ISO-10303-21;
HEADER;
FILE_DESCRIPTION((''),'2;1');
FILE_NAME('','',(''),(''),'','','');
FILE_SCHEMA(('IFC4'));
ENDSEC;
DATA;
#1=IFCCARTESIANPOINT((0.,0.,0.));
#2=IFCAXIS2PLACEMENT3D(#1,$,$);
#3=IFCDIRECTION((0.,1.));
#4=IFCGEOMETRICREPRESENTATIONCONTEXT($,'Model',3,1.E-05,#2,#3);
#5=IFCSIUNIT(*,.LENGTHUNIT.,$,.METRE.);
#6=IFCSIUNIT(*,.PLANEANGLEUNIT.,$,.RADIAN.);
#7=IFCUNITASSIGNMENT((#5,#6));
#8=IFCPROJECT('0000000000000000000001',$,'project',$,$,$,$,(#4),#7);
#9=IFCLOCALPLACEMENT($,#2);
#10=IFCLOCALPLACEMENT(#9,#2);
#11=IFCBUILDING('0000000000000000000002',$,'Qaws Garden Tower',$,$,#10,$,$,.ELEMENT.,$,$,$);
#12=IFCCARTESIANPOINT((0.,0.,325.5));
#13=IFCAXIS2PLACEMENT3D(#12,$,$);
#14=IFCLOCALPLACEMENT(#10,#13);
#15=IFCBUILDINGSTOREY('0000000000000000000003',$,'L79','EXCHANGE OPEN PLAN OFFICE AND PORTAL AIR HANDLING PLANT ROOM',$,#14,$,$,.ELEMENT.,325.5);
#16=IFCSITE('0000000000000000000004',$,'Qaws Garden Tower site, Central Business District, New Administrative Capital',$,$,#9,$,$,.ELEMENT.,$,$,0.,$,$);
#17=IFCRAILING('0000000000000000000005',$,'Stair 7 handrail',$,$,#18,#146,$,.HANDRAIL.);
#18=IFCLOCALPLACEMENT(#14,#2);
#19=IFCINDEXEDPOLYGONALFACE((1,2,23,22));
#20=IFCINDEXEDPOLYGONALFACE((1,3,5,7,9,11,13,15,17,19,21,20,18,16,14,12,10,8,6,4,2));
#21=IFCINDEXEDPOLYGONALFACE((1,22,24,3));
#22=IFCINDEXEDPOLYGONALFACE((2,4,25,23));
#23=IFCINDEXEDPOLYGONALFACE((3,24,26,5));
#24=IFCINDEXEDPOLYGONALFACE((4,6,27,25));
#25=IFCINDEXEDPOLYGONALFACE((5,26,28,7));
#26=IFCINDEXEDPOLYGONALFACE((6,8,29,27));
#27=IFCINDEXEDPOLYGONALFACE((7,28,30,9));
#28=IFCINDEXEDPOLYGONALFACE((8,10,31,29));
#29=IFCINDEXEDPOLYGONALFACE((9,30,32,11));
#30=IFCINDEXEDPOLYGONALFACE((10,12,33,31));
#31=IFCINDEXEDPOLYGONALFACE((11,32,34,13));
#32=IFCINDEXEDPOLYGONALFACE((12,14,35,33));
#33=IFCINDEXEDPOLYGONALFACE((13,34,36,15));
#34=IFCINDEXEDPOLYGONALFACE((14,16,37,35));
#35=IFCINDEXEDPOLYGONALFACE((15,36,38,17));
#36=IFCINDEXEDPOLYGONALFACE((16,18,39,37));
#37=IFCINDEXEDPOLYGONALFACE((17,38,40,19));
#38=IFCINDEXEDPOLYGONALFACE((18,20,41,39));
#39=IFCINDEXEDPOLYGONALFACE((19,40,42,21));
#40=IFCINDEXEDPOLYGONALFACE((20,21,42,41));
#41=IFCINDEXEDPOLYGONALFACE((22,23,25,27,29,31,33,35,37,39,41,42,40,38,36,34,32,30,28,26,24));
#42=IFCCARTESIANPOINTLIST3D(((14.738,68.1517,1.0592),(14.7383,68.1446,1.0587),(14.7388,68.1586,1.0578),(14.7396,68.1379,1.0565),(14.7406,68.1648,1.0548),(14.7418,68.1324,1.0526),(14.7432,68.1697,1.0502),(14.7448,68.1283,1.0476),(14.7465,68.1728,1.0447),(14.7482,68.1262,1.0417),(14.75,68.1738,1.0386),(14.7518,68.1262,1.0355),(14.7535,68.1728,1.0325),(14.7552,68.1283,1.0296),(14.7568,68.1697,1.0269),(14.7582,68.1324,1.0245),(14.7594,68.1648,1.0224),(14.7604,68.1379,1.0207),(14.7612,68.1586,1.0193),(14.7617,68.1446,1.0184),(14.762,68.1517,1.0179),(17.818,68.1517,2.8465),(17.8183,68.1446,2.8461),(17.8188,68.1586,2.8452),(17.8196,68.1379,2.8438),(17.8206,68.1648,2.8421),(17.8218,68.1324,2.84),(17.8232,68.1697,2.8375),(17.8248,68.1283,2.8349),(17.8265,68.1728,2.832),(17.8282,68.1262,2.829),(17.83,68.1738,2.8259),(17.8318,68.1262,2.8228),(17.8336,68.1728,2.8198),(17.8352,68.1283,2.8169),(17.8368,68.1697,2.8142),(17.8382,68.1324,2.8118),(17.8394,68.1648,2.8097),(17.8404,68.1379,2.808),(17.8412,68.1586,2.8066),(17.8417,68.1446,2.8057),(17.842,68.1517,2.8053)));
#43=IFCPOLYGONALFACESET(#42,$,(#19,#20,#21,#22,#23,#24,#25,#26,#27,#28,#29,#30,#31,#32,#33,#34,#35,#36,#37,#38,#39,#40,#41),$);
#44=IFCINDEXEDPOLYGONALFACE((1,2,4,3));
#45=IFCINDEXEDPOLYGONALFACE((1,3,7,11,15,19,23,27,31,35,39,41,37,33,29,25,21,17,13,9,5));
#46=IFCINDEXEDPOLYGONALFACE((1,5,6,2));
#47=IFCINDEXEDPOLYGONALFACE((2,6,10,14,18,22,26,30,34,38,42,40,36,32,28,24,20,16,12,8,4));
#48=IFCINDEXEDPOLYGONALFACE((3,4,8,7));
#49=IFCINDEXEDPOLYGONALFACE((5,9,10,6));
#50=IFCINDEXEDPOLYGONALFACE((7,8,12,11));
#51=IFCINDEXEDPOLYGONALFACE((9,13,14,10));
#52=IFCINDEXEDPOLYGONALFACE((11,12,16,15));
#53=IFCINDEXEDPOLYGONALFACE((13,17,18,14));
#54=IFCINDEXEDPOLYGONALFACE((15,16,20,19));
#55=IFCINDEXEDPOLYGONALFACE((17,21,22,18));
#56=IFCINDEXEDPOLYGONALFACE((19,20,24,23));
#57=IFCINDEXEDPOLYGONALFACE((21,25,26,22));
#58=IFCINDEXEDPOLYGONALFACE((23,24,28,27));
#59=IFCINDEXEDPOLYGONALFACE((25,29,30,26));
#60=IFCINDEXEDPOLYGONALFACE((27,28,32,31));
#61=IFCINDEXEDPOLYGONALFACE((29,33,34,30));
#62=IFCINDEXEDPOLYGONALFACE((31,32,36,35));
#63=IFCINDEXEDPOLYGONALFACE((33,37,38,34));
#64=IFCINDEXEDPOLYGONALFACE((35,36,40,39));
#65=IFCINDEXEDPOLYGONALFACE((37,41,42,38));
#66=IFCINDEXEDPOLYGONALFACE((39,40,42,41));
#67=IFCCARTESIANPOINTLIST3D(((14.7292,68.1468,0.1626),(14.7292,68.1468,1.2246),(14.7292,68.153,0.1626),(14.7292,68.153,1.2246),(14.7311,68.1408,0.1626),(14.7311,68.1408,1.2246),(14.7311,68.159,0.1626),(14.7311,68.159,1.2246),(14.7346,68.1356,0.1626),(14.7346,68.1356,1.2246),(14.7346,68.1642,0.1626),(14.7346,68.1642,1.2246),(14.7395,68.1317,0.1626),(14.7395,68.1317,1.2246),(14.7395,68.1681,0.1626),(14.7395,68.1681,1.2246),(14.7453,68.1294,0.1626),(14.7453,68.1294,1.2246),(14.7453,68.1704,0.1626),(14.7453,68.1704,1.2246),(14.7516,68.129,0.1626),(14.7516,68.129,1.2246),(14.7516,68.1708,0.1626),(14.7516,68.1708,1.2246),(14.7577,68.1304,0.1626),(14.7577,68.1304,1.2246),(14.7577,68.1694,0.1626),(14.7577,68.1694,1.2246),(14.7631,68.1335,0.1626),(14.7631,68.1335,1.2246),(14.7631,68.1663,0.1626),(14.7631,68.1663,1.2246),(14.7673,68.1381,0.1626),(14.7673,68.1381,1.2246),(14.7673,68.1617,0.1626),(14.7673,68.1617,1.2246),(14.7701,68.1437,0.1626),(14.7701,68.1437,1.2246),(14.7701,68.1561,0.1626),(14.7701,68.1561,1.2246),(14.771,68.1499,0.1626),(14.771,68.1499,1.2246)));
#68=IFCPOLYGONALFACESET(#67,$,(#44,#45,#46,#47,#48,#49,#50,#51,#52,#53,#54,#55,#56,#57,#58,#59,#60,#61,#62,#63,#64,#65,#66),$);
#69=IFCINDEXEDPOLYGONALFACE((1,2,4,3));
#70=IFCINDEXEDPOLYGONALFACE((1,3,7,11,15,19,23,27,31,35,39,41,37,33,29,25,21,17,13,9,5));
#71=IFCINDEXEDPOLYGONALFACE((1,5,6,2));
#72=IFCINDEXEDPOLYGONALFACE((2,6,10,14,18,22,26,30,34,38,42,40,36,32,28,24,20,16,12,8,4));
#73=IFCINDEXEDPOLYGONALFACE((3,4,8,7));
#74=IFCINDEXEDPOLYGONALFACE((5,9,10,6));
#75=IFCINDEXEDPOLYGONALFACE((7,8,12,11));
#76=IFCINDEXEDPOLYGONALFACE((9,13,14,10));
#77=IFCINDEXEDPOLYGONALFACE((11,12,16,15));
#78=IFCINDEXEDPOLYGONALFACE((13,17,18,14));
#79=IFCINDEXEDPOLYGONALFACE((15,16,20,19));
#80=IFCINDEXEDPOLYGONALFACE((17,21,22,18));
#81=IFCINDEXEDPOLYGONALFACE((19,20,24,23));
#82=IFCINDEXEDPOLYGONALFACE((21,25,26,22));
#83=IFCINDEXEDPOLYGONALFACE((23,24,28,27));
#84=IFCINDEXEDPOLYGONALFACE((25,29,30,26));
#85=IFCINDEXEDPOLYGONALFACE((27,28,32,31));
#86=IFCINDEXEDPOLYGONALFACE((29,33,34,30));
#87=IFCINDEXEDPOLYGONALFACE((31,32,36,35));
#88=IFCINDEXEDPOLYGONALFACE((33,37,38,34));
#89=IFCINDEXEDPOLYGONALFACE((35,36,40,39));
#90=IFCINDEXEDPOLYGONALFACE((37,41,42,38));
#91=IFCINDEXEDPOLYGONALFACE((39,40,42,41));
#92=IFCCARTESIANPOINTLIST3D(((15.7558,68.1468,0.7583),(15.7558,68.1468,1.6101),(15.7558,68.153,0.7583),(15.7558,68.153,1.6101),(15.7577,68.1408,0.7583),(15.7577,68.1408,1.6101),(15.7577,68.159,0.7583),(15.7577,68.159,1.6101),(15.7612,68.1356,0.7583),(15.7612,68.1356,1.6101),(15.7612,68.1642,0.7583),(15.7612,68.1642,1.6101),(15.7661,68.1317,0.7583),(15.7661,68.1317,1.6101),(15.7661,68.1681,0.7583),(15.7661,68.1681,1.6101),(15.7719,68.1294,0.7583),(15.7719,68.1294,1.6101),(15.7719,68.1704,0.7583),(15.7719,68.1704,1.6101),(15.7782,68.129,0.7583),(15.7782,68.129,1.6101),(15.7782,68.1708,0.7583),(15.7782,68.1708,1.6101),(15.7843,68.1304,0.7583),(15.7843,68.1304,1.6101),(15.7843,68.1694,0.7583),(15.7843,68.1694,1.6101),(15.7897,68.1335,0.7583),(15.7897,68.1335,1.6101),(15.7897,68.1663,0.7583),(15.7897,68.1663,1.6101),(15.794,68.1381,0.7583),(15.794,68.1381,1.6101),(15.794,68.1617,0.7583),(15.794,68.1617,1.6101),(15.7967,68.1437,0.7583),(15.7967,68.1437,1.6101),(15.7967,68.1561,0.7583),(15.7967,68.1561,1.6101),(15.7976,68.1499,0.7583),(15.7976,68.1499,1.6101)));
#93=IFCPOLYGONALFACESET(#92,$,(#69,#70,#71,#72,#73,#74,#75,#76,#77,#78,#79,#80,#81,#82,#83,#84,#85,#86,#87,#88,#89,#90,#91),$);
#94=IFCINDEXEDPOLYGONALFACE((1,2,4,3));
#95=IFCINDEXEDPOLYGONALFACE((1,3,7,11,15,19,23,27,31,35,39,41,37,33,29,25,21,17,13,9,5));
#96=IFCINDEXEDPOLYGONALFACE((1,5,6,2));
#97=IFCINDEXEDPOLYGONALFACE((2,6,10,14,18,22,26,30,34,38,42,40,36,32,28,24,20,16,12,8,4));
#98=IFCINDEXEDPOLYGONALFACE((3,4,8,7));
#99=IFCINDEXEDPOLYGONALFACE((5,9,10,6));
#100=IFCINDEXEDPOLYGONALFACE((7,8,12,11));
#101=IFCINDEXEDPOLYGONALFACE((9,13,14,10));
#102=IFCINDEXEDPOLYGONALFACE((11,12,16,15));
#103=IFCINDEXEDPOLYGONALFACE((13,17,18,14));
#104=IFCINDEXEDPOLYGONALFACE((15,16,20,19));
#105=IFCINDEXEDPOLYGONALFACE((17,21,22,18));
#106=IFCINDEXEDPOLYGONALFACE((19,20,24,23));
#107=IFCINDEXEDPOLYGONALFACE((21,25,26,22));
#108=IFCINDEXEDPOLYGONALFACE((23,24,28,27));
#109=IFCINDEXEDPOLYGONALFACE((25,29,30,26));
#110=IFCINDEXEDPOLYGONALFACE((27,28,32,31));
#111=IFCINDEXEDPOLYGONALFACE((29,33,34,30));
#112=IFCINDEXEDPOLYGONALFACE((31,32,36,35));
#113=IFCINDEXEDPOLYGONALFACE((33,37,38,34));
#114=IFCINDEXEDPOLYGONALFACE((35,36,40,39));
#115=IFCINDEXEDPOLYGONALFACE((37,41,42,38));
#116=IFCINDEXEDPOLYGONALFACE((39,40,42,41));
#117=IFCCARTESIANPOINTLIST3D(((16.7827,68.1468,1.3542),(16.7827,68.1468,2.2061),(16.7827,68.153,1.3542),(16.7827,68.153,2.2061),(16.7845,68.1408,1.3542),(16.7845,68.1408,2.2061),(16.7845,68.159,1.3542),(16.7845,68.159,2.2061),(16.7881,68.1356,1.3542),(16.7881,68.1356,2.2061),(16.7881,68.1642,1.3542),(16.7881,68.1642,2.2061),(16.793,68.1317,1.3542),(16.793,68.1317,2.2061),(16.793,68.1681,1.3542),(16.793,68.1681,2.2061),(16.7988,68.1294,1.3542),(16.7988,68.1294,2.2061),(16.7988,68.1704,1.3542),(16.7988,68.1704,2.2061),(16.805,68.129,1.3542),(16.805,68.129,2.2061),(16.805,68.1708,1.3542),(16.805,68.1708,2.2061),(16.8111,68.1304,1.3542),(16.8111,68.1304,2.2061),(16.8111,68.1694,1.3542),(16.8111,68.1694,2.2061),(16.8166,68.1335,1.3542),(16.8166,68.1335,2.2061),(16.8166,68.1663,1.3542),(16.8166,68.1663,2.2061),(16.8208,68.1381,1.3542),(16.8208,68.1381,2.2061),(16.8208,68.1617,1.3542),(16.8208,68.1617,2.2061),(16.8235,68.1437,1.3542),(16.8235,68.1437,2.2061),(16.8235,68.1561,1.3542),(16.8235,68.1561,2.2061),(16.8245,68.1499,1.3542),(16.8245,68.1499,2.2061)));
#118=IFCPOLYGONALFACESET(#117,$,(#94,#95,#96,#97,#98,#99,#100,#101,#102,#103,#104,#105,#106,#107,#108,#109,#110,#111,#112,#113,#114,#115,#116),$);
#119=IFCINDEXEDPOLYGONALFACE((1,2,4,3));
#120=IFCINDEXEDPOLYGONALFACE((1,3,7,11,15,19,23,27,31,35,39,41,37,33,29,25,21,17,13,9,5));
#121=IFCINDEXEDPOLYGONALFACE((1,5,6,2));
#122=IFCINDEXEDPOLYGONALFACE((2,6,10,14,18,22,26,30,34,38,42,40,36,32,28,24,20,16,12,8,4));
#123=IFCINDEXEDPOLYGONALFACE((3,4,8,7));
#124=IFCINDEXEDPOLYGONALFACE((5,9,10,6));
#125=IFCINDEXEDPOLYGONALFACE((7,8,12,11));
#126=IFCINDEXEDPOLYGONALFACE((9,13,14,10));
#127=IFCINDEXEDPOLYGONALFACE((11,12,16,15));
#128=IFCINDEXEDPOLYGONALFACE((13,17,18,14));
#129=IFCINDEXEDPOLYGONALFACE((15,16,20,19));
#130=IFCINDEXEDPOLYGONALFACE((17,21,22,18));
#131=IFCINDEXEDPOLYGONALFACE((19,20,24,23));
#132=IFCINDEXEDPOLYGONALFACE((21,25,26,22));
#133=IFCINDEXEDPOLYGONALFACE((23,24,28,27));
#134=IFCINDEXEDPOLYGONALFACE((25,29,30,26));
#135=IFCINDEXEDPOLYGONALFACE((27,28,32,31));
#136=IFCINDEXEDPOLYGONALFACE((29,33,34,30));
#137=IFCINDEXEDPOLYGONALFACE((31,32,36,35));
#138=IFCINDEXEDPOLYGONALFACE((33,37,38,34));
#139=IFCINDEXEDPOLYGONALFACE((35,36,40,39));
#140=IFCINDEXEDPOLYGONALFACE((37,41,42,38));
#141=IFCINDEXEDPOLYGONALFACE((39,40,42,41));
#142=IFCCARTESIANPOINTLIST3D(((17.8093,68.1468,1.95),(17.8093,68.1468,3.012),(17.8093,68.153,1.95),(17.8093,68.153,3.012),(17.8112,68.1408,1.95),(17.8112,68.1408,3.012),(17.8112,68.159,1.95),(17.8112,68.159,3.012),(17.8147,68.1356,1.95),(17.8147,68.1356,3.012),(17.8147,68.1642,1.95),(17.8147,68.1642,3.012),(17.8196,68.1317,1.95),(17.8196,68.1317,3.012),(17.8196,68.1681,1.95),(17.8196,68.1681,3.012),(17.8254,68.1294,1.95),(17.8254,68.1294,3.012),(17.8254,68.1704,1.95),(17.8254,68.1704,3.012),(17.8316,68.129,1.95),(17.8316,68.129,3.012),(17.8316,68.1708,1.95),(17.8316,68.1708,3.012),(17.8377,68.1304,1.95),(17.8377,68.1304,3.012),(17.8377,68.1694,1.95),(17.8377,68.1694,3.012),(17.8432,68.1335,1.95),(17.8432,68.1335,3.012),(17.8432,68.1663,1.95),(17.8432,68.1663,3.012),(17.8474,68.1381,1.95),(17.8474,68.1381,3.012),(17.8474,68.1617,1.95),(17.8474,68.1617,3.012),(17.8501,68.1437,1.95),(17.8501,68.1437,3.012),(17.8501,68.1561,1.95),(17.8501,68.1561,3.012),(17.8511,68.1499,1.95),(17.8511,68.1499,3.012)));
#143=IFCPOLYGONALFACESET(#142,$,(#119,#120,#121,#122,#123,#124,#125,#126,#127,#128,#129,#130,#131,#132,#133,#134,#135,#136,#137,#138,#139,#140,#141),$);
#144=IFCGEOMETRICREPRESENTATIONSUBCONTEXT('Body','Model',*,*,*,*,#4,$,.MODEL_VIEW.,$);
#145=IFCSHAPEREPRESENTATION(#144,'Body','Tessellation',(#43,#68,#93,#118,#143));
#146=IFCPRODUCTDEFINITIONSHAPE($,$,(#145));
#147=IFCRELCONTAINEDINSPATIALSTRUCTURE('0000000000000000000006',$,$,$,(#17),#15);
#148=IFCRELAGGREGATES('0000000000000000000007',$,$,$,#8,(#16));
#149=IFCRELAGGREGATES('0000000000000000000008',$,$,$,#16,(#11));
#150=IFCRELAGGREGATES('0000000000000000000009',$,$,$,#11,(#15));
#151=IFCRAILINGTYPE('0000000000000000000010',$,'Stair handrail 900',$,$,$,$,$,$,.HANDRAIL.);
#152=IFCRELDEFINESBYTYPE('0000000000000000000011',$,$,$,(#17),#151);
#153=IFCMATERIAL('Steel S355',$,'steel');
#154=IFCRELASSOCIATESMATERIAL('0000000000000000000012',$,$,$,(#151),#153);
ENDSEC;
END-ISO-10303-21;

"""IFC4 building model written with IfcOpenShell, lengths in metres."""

from ifc_helpers import new_model, si_unit, direction, frame, origin, origin_2d, place, context, subcontext, project, spatial, circle, extrude, material, type_object, element, save


model = new_model("IFC4")

# Units and contexts
model_context = context("Model", 3, precision=1e-05, world=origin(), true_north=direction((0.0, 1.0)))
body_context = subcontext(model_context, "Body", "Model", "MODEL_VIEW")
ifc_project = project(units=[si_unit("LENGTHUNIT", "METRE"), si_unit("PLANEANGLEUNIT", "RADIAN")], contexts=[model_context])

# Site, building, storey
site_placement = place(None, origin())
site = spatial("IfcSite", under=ifc_project, at=site_placement, Name="Qaws Garden Tower site, Central Business District, New Administrative Capital", CompositionType="ELEMENT", RefElevation=0.0)
building_placement = place(site_placement, origin())
building = spatial("IfcBuilding", under=site, at=building_placement, Name="Qaws Garden Tower", CompositionType="ELEMENT")
storey_placement = place(building_placement, frame((0.0, 0.0, 325.5)))
storey = spatial("IfcBuildingStorey", under=building, at=storey_placement, Name="L79", Description="EXCHANGE OPEN PLAN OFFICE AND PORTAL AIR HANDLING PLANT ROOM", CompositionType="ELEMENT", Elevation=325.5)

# Railing
ifc_material_1 = material(Name="Steel S355", Category="steel")
railing_type = type_object("IfcRailingType", Name="Stair handrail 900", PredefinedType="HANDRAIL", material=ifc_material_1)
railing_1_placement = place(storey_placement, frame((14.75, 68.1499, 0.1626)))
element("IfcRailing", 1, at=railing_1_placement, inside=storey, type_object=railing_type, Name="Stair 7 handrail", PredefinedType="HANDRAIL", context=body_context, shape_type="SweptSolid", body=[
    extrude(circle(Radius=0.0239, at=origin_2d()), frame((0.0, 0.0, 0.876), z_axis=(0.86492, 0.0, 0.501909), x_axis=(0.0, 1.0, 0.0)), (0.0, 0.0, 1.0), 3.561),
    extrude(circle(Radius=0.021, at=origin_2d()), origin(), (0.0, 0.0, 1.0), 1.062),
    extrude(circle(Radius=0.021, at=origin_2d()), frame((1.0266, 0.0, 0.5957)), (0.0, 0.0, 1.0), 0.8518),
    extrude(circle(Radius=0.021, at=origin_2d()), frame((2.0535, 0.0, 1.1917)), (0.0, 0.0, 1.0), 0.8518),
    extrude(circle(Radius=0.021, at=origin_2d()), frame((3.0801, 0.0, 1.7874)), (0.0, 0.0, 1.0), 1.062),
])

save(model, "model.ifc")
